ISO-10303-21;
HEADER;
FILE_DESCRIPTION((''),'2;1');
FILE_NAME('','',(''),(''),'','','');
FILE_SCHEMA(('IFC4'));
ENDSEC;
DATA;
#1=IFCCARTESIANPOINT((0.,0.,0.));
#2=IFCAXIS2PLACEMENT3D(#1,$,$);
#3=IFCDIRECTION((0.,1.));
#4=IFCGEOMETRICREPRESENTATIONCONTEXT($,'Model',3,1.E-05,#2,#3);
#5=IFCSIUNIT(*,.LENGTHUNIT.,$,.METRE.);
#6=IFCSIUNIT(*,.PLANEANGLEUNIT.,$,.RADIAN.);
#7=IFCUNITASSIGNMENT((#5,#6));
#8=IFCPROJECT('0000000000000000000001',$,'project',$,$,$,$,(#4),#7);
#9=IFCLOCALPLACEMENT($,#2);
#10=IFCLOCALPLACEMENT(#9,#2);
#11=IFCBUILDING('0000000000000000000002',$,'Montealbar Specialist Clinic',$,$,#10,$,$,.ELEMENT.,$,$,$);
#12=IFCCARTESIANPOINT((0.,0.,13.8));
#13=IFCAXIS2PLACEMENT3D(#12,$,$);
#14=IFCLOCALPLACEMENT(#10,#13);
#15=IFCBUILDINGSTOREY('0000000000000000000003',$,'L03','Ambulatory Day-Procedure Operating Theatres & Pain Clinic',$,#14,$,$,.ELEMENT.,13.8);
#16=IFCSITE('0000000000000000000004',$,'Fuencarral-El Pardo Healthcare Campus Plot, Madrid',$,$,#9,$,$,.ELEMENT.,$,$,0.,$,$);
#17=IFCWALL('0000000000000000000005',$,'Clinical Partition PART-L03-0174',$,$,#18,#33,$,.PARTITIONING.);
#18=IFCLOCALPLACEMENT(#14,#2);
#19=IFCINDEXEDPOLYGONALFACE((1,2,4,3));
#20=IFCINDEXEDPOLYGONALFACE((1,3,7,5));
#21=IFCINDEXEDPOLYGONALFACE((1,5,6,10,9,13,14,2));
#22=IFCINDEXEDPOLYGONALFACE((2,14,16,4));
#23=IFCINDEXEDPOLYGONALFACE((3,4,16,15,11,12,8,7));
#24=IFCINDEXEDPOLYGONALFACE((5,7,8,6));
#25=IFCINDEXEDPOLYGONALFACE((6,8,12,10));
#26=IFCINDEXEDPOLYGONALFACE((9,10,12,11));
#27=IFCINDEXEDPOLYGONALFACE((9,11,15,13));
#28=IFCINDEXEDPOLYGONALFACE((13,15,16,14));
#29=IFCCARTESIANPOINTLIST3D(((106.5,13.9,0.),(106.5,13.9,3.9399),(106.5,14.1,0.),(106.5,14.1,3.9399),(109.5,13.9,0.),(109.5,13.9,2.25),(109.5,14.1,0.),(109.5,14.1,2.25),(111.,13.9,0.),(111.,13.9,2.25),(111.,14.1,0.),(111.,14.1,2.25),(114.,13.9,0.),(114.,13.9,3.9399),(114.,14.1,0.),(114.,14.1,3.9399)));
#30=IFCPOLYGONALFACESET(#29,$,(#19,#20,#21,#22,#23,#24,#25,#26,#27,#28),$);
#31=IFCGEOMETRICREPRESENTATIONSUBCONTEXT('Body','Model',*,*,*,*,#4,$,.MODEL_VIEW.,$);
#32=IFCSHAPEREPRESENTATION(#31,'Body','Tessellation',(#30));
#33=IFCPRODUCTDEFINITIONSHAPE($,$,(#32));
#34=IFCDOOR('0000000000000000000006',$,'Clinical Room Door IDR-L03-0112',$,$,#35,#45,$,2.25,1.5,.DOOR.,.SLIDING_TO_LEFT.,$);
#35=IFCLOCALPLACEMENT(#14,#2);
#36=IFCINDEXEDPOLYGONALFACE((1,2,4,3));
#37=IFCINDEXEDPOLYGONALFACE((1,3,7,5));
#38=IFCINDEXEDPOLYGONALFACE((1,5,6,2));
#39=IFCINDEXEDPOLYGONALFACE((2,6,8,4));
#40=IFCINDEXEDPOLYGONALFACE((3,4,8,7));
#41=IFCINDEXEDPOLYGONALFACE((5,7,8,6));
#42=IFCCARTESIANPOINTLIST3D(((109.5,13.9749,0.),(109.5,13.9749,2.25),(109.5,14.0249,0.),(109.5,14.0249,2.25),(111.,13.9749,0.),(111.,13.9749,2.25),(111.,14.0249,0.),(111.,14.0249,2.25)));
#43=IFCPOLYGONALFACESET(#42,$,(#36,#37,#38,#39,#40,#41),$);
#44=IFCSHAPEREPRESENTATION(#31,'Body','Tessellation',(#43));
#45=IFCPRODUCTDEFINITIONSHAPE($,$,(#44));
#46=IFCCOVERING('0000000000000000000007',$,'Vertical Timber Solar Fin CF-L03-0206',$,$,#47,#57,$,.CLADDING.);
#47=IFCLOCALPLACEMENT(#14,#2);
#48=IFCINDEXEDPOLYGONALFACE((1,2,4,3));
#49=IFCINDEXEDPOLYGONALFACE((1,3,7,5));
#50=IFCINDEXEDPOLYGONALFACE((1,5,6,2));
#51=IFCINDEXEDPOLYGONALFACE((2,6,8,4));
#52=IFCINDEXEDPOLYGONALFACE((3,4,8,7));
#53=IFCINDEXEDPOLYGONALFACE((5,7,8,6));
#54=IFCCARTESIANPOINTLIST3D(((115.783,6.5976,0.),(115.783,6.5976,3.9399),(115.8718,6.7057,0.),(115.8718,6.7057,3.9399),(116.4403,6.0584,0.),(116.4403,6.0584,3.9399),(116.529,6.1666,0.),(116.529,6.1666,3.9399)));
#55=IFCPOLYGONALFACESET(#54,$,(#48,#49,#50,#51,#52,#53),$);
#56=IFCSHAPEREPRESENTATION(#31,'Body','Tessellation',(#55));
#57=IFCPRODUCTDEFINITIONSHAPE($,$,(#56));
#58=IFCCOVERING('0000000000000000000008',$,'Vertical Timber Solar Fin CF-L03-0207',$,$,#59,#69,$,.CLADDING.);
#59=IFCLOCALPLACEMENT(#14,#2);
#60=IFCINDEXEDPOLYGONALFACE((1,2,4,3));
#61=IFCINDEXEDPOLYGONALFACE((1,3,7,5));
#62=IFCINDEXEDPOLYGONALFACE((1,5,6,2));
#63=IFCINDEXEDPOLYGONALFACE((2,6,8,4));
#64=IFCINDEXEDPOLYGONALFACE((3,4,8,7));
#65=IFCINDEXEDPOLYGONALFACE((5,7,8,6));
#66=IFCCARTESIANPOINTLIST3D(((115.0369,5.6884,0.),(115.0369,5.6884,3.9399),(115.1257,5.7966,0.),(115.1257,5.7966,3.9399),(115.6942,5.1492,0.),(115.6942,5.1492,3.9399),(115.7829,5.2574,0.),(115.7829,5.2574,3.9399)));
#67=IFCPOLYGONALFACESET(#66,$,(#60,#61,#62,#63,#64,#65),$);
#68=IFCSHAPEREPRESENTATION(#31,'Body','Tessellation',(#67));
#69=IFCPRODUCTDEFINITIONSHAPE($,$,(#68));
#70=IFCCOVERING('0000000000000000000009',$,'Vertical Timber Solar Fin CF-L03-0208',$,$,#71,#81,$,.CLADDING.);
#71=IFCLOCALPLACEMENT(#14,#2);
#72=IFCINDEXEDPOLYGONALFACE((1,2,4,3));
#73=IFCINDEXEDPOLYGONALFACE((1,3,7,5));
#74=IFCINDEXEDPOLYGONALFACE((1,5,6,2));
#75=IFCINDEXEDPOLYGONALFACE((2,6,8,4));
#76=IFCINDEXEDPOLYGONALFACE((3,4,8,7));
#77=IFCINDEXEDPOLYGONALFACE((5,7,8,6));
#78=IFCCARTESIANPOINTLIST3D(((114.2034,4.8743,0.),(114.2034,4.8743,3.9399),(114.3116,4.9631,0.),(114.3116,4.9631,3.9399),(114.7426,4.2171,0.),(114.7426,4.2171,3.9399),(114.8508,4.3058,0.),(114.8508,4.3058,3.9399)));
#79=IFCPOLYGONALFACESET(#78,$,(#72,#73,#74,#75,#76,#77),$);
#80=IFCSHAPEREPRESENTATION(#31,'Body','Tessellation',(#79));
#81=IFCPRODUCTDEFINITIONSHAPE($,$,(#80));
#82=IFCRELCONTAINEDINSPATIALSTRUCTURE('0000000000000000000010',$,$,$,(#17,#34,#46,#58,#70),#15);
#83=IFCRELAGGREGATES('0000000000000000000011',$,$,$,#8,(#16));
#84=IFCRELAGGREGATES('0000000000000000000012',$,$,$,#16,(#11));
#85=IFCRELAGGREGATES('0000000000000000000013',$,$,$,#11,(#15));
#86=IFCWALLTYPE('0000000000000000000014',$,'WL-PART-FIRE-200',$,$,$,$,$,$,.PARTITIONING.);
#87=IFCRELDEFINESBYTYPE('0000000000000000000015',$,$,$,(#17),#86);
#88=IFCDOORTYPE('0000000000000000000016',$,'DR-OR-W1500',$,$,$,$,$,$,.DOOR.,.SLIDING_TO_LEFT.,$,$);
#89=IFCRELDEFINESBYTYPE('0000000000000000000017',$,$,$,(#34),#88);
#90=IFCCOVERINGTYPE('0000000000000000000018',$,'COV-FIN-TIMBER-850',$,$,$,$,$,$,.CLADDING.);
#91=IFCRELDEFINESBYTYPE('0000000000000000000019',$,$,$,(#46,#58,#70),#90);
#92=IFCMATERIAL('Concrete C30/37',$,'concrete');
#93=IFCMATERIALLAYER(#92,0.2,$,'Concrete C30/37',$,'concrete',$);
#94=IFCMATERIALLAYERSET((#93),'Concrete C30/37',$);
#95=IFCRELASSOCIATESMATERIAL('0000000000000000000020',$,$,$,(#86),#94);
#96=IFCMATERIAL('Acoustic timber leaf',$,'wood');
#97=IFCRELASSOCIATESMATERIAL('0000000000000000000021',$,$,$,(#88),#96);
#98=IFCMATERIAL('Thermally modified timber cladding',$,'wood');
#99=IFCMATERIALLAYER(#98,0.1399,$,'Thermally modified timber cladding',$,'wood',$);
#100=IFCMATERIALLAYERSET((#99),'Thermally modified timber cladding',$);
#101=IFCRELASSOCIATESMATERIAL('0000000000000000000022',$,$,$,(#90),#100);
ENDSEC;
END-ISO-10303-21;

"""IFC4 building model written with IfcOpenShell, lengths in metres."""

from ifc_helpers import new_model, si_unit, direction, frame, frame_2d, origin, origin_2d, place, context, subcontext, project, spatial, rectangle, extrude, material, layer, layer_set, type_object, element, fill, save


model = new_model("IFC4")

# Units and contexts
model_context = context("Model", 3, precision=1e-05, world=origin(), true_north=direction((0.0, 1.0)))
body_context = subcontext(model_context, "Body", "Model", "MODEL_VIEW")
ifc_project = project(units=[si_unit("LENGTHUNIT", "METRE"), si_unit("PLANEANGLEUNIT", "RADIAN")], contexts=[model_context])

# Site, building, storey
site_placement = place(None, origin())
site = spatial("IfcSite", under=ifc_project, at=site_placement, Name="Fuencarral-El Pardo Healthcare Campus Plot, Madrid", CompositionType="ELEMENT", RefElevation=0.0)
building_placement = place(site_placement, origin())
building = spatial("IfcBuilding", under=site, at=building_placement, Name="Montealbar Specialist Clinic", CompositionType="ELEMENT")
storey_placement = place(building_placement, frame((0.0, 0.0, 13.8)))
storey = spatial("IfcBuildingStorey", under=building, at=storey_placement, Name="L03", Description="Ambulatory Day-Procedure Operating Theatres & Pain Clinic", CompositionType="ELEMENT", Elevation=13.8)

# Wall, opening, door
ifc_material_1 = material(Name="Acoustic timber leaf", Category="wood")
ifc_material_2 = material(Name="Concrete C30/37", Category="concrete")
ifc_layer_1 = layer(ifc_material_2, 0.2, Name="Concrete C30/37", Category="concrete")
ifc_layer_set_1 = layer_set([ifc_layer_1], Name="Concrete C30/37")
wall_type_1 = type_object("IfcWallType", Name="WL-PART-FIRE-200", PredefinedType="PARTITIONING", material=ifc_layer_set_1)
wall_1_placement = place(storey_placement, frame((106.5, 14.0, 0.0), z_axis=(0.0, 0.0, 1.0), x_axis=(1.0, 0.0, 0.0)))
wall_1 = element("IfcWall", 1, at=wall_1_placement, inside=storey, type_object=wall_type_1, Name="Clinical Partition PART-L03-0174", PredefinedType="PARTITIONING", context=body_context, shape_type="SweptSolid", body=[
    extrude(rectangle(XDim=7.5, YDim=0.2, at=frame_2d((3.75, 0.0))), origin(), (0.0, 0.0, 1.0), 3.9399),
])
opening_1_placement = place(wall_1_placement, frame((3.0, 0.0, 0.0)))
opening_1 = element("IfcOpeningElement", 2, at=opening_1_placement, cuts=wall_1, PredefinedType="OPENING", context=body_context, shape_type="SweptSolid", body=[
    extrude(rectangle(XDim=1.5, YDim=2.25, at=frame_2d((0.75, 1.125))), frame((0.0, 0.1099, 0.0), z_axis=(0.0, -1.0, 0.0), x_axis=(1.0, 0.0, 0.0)), (0.0, 0.0, 1.0), 0.22),
])
door_type_1 = type_object("IfcDoorType", Name="DR-OR-W1500", OperationType="SLIDING_TO_LEFT", PredefinedType="DOOR", material=ifc_material_1)
door_1_placement = place(opening_1_placement, origin())
door_1 = element("IfcDoor", 3, at=door_1_placement, inside=storey, type_object=door_type_1, Name="Clinical Room Door IDR-L03-0112", OperationType="SLIDING_TO_LEFT", OverallHeight=2.25, OverallWidth=1.5, PredefinedType="DOOR", context=body_context, shape_type="SweptSolid", body=[
    extrude(rectangle(XDim=1.5, YDim=2.25, at=frame_2d((0.75, 1.125))), frame((0.0, 0.0249, 0.0), z_axis=(0.0, -1.0, 0.0), x_axis=(1.0, 0.0, 0.0)), (0.0, 0.0, 1.0), 0.05),
])
fill(opening_1, door_1)

# Coverings
ifc_material_3 = material(Name="Thermally modified timber cladding", Category="wood")
ifc_layer_2 = layer(ifc_material_3, 0.1399, Name="Thermally modified timber cladding", Category="wood")
ifc_layer_set_2 = layer_set([ifc_layer_2], Name="Thermally modified timber cladding")
covering_type = type_object("IfcCoveringType", Name="COV-FIN-TIMBER-850", PredefinedType="CLADDING", material=ifc_layer_set_2)
for number, where, z_axis, x_axis, name in (
    (4, (116.156, 6.3821, 0.0), (0.0, 0.0, 1.0), (0.773123, -0.634256, 0.0), "Vertical Timber Solar Fin CF-L03-0206"),
    (5, (115.4099, 5.4729, 0.0), (0.0, 0.0, 1.0), (0.773123, -0.634256, 0.0), "Vertical Timber Solar Fin CF-L03-0207"),
    (6, (114.5271, 4.5901, 0.0), (0.0, 0.0, 1.0), (0.634256, -0.773123, 0.0), "Vertical Timber Solar Fin CF-L03-0208"),
):
    element("IfcCovering", number, at=place(storey_placement, frame(where, z_axis=z_axis, x_axis=x_axis)), inside=storey, type_object=covering_type, Name=name, PredefinedType="CLADDING", context=body_context, shape_type="SweptSolid", body=[
        extrude(rectangle(XDim=0.8501, YDim=0.1399, at=origin_2d()), origin(), (0.0, 0.0, 1.0), 3.9399),
    ])

save(model, "model.ifc")
